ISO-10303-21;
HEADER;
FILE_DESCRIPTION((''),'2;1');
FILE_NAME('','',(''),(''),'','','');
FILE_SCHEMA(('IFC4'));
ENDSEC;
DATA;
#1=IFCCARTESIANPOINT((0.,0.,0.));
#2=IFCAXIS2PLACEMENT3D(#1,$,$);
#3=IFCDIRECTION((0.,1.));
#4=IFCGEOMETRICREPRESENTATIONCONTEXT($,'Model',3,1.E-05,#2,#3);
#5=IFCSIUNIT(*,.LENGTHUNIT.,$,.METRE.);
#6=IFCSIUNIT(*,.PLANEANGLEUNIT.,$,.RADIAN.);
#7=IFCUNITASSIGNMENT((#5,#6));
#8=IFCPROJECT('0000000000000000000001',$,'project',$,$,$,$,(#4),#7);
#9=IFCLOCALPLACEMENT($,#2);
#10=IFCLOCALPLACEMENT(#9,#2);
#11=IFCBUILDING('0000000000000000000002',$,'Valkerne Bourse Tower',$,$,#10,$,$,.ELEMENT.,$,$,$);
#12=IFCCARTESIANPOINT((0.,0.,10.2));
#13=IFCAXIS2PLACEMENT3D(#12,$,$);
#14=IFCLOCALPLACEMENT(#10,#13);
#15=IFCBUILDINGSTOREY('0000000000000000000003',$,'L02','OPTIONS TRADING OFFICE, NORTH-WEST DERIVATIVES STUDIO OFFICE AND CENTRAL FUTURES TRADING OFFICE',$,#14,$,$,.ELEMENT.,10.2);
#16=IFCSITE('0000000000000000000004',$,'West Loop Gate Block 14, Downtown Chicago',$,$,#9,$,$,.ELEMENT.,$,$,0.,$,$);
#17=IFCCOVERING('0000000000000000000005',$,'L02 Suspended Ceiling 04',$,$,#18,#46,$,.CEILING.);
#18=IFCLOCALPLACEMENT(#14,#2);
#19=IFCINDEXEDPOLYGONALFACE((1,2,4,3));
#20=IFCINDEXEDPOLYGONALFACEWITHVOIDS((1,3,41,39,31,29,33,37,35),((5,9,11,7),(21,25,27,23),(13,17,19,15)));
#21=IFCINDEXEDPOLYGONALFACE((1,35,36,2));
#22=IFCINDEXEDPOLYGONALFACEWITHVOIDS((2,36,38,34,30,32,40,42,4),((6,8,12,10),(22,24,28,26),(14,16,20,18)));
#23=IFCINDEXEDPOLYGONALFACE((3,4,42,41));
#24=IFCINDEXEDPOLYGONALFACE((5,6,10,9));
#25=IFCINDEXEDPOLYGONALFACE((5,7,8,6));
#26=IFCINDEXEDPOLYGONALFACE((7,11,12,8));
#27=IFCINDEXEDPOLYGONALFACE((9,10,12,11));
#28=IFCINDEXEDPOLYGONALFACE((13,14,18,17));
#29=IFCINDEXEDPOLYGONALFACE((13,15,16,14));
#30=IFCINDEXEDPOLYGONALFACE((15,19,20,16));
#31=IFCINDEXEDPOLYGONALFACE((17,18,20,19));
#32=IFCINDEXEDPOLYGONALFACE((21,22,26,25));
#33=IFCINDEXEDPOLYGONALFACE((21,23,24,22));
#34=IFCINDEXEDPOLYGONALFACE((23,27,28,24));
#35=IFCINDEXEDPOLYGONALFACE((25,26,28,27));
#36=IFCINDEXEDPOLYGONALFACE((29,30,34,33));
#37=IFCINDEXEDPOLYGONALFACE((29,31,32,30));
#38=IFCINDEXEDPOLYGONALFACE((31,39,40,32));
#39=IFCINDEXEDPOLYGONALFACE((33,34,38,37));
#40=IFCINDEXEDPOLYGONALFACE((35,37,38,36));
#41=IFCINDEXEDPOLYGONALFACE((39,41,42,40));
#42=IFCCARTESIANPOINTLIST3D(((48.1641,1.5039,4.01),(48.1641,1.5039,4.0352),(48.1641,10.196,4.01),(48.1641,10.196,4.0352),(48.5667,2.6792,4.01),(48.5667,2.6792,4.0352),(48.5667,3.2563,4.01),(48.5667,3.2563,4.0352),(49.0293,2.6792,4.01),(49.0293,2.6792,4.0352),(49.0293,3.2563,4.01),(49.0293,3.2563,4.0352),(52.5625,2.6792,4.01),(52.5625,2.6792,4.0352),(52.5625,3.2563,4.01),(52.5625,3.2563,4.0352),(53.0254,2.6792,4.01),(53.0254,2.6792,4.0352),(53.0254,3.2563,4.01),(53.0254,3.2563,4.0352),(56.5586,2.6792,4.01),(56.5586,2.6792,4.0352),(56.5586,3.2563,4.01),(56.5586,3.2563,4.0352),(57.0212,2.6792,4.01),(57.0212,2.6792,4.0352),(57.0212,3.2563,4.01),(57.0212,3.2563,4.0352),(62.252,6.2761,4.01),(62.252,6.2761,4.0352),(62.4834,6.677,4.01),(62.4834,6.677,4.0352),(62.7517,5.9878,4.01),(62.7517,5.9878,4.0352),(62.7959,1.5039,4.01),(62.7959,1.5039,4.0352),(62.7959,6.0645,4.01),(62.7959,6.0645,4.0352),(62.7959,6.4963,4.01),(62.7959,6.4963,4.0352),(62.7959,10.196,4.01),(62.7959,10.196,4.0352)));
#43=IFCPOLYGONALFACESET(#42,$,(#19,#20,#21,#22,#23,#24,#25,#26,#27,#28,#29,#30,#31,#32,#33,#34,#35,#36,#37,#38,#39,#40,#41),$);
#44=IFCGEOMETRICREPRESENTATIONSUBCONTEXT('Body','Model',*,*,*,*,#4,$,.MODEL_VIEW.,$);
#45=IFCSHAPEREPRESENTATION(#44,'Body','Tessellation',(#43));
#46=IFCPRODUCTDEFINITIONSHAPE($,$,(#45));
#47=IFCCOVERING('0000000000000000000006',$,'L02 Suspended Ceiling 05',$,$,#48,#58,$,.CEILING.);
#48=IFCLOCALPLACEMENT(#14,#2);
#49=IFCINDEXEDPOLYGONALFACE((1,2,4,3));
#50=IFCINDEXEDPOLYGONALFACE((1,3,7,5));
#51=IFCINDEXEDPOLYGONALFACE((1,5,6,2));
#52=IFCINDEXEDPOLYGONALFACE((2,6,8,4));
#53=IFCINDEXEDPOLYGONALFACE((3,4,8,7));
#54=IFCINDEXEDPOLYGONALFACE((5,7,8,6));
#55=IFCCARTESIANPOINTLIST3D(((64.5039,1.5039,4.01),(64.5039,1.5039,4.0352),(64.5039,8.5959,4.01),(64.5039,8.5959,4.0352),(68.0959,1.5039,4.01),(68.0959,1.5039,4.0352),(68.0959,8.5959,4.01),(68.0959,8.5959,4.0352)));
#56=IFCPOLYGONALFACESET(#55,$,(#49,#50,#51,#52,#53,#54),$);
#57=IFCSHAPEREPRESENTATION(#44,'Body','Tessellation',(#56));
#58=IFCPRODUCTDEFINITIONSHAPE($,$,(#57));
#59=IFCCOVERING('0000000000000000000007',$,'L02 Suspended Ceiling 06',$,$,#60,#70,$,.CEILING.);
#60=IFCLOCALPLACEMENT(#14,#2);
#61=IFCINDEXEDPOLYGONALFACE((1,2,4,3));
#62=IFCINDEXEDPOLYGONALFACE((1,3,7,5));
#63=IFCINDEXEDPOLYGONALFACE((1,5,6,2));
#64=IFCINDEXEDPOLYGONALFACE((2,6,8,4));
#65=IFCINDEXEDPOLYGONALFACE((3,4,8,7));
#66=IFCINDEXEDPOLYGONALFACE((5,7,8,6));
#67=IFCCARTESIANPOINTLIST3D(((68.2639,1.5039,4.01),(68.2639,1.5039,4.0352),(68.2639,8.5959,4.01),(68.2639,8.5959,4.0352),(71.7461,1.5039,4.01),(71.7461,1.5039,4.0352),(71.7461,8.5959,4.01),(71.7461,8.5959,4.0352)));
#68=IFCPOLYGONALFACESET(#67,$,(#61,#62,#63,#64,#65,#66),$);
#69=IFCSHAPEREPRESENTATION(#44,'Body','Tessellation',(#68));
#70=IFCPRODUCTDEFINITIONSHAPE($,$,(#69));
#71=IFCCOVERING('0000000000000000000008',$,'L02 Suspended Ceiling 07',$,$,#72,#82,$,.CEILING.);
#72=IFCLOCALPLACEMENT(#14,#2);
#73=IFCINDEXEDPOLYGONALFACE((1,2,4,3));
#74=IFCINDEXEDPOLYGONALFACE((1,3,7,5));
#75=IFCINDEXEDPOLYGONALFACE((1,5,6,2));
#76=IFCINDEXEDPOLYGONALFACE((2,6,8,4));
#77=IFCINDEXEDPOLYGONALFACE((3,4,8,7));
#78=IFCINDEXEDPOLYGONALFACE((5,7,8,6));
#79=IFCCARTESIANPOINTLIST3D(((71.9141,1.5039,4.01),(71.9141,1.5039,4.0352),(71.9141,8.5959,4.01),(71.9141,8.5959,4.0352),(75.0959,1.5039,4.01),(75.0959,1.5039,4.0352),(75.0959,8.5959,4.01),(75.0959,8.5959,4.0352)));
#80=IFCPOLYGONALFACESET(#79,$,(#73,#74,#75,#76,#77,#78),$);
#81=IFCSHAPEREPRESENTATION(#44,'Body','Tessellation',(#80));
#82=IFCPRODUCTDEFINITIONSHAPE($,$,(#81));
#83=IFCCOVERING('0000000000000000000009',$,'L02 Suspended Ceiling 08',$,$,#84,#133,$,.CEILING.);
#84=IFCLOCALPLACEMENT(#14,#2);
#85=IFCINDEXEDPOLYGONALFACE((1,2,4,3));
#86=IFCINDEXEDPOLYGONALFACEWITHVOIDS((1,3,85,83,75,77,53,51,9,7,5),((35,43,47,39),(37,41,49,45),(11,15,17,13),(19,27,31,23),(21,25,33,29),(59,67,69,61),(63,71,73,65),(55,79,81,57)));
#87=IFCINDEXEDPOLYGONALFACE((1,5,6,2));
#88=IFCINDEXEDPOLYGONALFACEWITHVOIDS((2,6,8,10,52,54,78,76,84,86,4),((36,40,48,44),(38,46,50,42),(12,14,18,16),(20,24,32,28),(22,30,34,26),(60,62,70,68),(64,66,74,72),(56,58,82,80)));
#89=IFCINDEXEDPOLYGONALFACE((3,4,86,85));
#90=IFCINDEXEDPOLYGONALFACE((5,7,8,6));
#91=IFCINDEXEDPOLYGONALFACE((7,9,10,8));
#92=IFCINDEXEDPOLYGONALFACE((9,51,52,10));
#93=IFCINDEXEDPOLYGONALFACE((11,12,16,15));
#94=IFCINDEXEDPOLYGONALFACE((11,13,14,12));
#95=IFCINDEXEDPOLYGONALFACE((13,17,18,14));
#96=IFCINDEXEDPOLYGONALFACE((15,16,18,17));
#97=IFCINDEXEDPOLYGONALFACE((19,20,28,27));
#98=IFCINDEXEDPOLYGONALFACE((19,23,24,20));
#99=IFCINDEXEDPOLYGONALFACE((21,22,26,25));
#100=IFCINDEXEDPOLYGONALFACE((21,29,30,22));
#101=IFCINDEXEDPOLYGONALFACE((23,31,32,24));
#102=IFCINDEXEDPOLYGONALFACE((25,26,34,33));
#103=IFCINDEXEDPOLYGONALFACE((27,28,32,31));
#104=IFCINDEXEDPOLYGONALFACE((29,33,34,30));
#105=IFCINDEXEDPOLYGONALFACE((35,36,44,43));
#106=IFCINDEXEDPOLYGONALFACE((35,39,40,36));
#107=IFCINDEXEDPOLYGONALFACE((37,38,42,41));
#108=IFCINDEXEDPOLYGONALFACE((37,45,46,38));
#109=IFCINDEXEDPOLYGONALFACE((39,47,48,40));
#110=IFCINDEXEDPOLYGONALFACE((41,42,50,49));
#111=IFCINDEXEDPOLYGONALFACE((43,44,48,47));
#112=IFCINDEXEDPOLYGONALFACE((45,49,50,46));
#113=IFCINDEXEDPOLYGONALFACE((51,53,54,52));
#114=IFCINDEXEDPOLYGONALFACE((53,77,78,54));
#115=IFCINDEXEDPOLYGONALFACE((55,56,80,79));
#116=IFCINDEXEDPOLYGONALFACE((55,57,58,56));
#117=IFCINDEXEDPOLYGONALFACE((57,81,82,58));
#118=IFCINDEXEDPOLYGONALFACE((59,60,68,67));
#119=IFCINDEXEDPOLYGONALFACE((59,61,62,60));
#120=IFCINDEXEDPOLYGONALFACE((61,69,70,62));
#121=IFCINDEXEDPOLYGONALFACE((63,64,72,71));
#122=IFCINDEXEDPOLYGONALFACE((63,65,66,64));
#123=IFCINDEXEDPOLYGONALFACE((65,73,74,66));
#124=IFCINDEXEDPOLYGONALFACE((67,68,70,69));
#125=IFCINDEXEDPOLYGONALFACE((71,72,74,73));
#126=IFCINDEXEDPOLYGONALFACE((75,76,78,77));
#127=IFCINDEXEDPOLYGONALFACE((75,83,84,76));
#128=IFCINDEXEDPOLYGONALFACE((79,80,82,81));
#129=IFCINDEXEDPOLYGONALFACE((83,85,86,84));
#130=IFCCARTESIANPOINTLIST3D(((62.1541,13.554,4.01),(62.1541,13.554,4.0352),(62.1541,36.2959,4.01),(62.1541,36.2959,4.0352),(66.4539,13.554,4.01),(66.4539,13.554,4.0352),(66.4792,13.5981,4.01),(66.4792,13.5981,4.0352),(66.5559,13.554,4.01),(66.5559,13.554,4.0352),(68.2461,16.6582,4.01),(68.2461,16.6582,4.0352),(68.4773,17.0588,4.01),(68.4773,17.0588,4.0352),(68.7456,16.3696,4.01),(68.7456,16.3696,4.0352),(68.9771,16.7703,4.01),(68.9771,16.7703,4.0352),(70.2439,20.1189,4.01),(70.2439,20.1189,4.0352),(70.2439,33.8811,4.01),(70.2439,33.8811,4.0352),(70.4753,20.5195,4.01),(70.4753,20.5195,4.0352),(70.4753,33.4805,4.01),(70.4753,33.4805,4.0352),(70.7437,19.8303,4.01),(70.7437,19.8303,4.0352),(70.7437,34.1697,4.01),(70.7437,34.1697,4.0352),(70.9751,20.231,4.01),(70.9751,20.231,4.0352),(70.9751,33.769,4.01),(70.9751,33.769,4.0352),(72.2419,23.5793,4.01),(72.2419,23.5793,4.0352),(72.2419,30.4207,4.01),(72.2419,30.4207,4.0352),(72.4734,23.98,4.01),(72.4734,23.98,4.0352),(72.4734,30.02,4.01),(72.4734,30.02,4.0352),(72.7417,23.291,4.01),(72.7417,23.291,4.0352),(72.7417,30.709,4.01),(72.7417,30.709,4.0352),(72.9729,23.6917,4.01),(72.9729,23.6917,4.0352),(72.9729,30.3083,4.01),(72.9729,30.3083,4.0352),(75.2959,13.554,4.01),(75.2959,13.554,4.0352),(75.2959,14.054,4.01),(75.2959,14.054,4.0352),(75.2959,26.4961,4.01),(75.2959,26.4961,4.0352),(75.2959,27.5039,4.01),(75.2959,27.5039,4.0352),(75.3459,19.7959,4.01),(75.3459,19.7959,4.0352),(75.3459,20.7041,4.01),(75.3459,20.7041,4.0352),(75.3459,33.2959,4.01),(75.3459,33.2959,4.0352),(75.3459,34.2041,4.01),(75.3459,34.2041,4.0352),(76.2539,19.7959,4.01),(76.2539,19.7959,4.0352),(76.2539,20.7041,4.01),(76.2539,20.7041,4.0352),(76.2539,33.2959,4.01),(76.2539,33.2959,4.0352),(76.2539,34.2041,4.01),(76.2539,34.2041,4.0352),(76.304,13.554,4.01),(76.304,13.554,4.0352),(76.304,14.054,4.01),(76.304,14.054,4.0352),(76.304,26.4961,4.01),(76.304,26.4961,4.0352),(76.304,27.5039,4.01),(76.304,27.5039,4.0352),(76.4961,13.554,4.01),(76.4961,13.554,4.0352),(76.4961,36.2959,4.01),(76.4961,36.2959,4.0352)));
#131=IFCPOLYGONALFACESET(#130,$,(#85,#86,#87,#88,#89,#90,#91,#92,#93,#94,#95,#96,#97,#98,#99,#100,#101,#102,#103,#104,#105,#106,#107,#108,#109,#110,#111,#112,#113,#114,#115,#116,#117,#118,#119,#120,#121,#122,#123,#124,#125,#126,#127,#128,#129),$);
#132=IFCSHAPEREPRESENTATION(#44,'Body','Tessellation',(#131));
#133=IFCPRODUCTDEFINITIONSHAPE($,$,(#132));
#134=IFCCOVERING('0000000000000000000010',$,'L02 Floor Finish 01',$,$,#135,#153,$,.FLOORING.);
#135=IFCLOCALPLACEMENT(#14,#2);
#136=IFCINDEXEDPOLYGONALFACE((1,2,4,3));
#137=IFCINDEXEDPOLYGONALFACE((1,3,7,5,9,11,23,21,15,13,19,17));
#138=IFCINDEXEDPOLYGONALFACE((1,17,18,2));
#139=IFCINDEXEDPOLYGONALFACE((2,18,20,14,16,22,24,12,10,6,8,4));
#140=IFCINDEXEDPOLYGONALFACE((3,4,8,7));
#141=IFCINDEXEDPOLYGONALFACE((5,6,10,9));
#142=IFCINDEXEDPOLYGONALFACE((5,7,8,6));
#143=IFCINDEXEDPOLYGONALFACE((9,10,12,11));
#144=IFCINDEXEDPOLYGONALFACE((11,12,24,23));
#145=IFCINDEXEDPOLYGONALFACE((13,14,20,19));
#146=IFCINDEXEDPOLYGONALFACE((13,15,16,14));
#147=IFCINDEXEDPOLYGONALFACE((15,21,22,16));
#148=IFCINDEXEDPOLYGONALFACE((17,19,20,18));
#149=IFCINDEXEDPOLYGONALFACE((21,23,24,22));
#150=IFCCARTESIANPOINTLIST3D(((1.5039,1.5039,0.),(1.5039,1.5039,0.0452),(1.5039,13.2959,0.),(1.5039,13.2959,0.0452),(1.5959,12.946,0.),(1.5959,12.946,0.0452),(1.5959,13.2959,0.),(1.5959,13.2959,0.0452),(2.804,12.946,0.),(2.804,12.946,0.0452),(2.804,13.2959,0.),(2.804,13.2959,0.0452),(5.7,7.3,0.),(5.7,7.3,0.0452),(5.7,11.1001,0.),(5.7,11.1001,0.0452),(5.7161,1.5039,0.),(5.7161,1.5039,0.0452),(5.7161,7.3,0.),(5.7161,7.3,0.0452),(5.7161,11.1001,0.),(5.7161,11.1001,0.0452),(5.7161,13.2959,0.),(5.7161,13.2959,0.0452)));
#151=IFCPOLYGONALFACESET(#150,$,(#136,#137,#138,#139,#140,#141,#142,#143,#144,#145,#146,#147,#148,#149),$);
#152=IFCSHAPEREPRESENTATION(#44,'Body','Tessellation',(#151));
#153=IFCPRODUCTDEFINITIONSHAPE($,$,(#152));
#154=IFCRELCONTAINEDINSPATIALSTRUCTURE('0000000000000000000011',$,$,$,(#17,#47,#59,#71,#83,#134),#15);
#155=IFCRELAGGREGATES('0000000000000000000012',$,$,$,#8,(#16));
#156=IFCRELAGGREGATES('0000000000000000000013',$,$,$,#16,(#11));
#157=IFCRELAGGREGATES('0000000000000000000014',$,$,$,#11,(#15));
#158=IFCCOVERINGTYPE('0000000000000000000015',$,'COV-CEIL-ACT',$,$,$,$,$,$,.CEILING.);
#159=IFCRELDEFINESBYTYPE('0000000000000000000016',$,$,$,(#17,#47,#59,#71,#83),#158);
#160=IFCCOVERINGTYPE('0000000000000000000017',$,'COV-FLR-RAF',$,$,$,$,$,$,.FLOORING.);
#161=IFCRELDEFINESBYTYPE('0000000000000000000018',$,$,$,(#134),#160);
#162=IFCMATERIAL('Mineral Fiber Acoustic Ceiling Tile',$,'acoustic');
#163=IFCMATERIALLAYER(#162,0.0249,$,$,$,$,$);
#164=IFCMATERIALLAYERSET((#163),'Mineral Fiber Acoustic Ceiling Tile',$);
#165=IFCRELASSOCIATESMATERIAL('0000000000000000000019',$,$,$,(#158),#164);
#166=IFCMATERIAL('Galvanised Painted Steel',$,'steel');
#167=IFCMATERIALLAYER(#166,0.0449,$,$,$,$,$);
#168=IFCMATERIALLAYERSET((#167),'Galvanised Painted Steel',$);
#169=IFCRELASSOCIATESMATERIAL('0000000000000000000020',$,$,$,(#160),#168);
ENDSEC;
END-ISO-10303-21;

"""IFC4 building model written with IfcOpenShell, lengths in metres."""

from ifc_helpers import new_model, si_unit, direction, frame, origin, place, context, subcontext, project, spatial, polyline, outline, extrude, material, layer, layer_set, type_object, element, save


model = new_model("IFC4")

# Units and contexts
model_context = context("Model", 3, precision=1e-05, world=origin(), true_north=direction((0.0, 1.0)))
body_context = subcontext(model_context, "Body", "Model", "MODEL_VIEW")
ifc_project = project(units=[si_unit("LENGTHUNIT", "METRE"), si_unit("PLANEANGLEUNIT", "RADIAN")], contexts=[model_context])

# Site, building, storey
site_placement = place(None, origin())
site = spatial("IfcSite", under=ifc_project, at=site_placement, Name="West Loop Gate Block 14, Downtown Chicago", CompositionType="ELEMENT", RefElevation=0.0)
building_placement = place(site_placement, origin())
building = spatial("IfcBuilding", under=site, at=building_placement, Name="Valkerne Bourse Tower", CompositionType="ELEMENT")
storey_placement = place(building_placement, frame((0.0, 0.0, 10.2)))
storey = spatial("IfcBuildingStorey", under=building, at=storey_placement, Name="L02", Description="OPTIONS TRADING OFFICE, NORTH-WEST DERIVATIVES STUDIO OFFICE AND CENTRAL FUTURES TRADING OFFICE", CompositionType="ELEMENT", Elevation=10.2)

# Coverings
ifc_material_1 = material(Name="Mineral Fiber Acoustic Ceiling Tile", Category="acoustic")
ifc_layer_1 = layer(ifc_material_1, 0.0249)
ifc_layer_set_1 = layer_set([ifc_layer_1], Name="Mineral Fiber Acoustic Ceiling Tile")
covering_type_1 = type_object("IfcCoveringType", Name="COV-CEIL-ACT", PredefinedType="CEILING", material=ifc_layer_set_1)
covering_1_placement = place(storey_placement, frame((0.0, 0.0, 4.01)))
element("IfcCovering", 1, at=covering_1_placement, inside=storey, type_object=covering_type_1, Name="L02 Suspended Ceiling 04", PredefinedType="CEILING", context=body_context, shape_type="SweptSolid", body=[
    extrude(outline(polyline([(48.1641, 10.196), (62.7959, 10.196), (62.7959, 6.4963), (62.4834, 6.677), (62.252, 6.2761), (62.7517, 5.9878), (62.7959, 6.0645), (62.7959, 1.5039), (48.1641, 1.5039), (48.1641, 10.196)]), holes=[polyline([(48.5667, 3.2563), (48.5667, 2.6792), (49.0293, 2.6792), (49.0293, 3.2563), (48.5667, 3.2563)]), polyline([(52.5625, 3.2563), (52.5625, 2.6792), (53.0254, 2.6792), (53.0254, 3.2563), (52.5625, 3.2563)]), polyline([(57.0212, 3.2563), (56.5586, 3.2563), (56.5586, 2.6792), (57.0212, 2.6792), (57.0212, 3.2563)])]), origin(), (0.0, 0.0, 1.0), 0.0251),
])
covering_2_placement = place(storey_placement, frame((0.0, 0.0, 4.01)))
element("IfcCovering", 2, at=covering_2_placement, inside=storey, type_object=covering_type_1, Name="L02 Suspended Ceiling 05", PredefinedType="CEILING", context=body_context, shape_type="SweptSolid", body=[
    extrude(outline(polyline([(64.5039, 8.5959), (68.0959, 8.5959), (68.0959, 1.5039), (64.5039, 1.5039), (64.5039, 8.5959)])), origin(), (0.0, 0.0, 1.0), 0.0251),
])
covering_3_placement = place(storey_placement, frame((0.0, 0.0, 4.01)))
element("IfcCovering", 3, at=covering_3_placement, inside=storey, type_object=covering_type_1, Name="L02 Suspended Ceiling 06", PredefinedType="CEILING", context=body_context, shape_type="SweptSolid", body=[
    extrude(outline(polyline([(68.2639, 8.5959), (71.7461, 8.5959), (71.7461, 1.5039), (68.2639, 1.5039), (68.2639, 8.5959)])), origin(), (0.0, 0.0, 1.0), 0.0251),
])
covering_4_placement = place(storey_placement, frame((0.0, 0.0, 4.01)))
element("IfcCovering", 4, at=covering_4_placement, inside=storey, type_object=covering_type_1, Name="L02 Suspended Ceiling 07", PredefinedType="CEILING", context=body_context, shape_type="SweptSolid", body=[
    extrude(outline(polyline([(71.9141, 8.5959), (75.0959, 8.5959), (75.0959, 1.5039), (71.9141, 1.5039), (71.9141, 8.5959)])), origin(), (0.0, 0.0, 1.0), 0.0251),
])
covering_5_placement = place(storey_placement, frame((0.0, 0.0, 4.01)))
element("IfcCovering", 5, at=covering_5_placement, inside=storey, type_object=covering_type_1, Name="L02 Suspended Ceiling 08", PredefinedType="CEILING", context=body_context, shape_type="SweptSolid", body=[
    extrude(outline(polyline([(62.1541, 36.2959), (76.4961, 36.2959), (76.4961, 13.554), (76.304, 13.554), (76.304, 14.054), (75.2959, 14.054), (75.2959, 13.554), (66.5559, 13.554), (66.4792, 13.5981), (66.4539, 13.554), (62.1541, 13.554), (62.1541, 36.2959)]), holes=[polyline([(68.2461, 16.6582), (68.7456, 16.3696), (68.9771, 16.7703), (68.4773, 17.0588), (68.2461, 16.6582)]), polyline([(70.4753, 20.5195), (70.2439, 20.1189), (70.7437, 19.8303), (70.9751, 20.231), (70.4753, 20.5195)]), polyline([(76.2539, 20.7041), (75.3459, 20.7041), (75.3459, 19.7959), (76.2539, 19.7959), (76.2539, 20.7041)]), polyline([(72.4734, 23.98), (72.2419, 23.5793), (72.7417, 23.291), (72.9729, 23.6917), (72.4734, 23.98)]), polyline([(76.304, 27.5039), (75.2959, 27.5039), (75.2959, 26.4961), (76.304, 26.4961), (76.304, 27.5039)]), polyline([(72.7417, 30.709), (72.2419, 30.4207), (72.4734, 30.02), (72.9729, 30.3083), (72.7417, 30.709)]), polyline([(76.2539, 34.2041), (75.3459, 34.2041), (75.3459, 33.2959), (76.2539, 33.2959), (76.2539, 34.2041)]), polyline([(70.2439, 33.8811), (70.4753, 33.4805), (70.9751, 33.769), (70.7437, 34.1697), (70.2439, 33.8811)])]), origin(), (0.0, 0.0, 1.0), 0.0251),
])
ifc_material_2 = material(Name="Galvanised Painted Steel", Category="steel")
ifc_layer_2 = layer(ifc_material_2, 0.0449)
ifc_layer_set_2 = layer_set([ifc_layer_2], Name="Galvanised Painted Steel")
covering_type_2 = type_object("IfcCoveringType", Name="COV-FLR-RAF", PredefinedType="FLOORING", material=ifc_layer_set_2)
covering_6_placement = place(storey_placement, origin())
element("IfcCovering", 6, at=covering_6_placement, inside=storey, type_object=covering_type_2, Name="L02 Floor Finish 01", PredefinedType="FLOORING", context=body_context, shape_type="SweptSolid", body=[
    extrude(outline(polyline([(1.5039, 13.2959), (1.5959, 13.2959), (1.5959, 12.946), (2.804, 12.946), (2.804, 13.2959), (5.7161, 13.2959), (5.7161, 11.1001), (5.7, 11.1001), (5.7, 7.3), (5.7161, 7.3), (5.7161, 1.5039), (1.5039, 1.5039), (1.5039, 13.2959)])), origin(), (0.0, 0.0, 1.0), 0.0452),
])

save(model, "model.ifc")
